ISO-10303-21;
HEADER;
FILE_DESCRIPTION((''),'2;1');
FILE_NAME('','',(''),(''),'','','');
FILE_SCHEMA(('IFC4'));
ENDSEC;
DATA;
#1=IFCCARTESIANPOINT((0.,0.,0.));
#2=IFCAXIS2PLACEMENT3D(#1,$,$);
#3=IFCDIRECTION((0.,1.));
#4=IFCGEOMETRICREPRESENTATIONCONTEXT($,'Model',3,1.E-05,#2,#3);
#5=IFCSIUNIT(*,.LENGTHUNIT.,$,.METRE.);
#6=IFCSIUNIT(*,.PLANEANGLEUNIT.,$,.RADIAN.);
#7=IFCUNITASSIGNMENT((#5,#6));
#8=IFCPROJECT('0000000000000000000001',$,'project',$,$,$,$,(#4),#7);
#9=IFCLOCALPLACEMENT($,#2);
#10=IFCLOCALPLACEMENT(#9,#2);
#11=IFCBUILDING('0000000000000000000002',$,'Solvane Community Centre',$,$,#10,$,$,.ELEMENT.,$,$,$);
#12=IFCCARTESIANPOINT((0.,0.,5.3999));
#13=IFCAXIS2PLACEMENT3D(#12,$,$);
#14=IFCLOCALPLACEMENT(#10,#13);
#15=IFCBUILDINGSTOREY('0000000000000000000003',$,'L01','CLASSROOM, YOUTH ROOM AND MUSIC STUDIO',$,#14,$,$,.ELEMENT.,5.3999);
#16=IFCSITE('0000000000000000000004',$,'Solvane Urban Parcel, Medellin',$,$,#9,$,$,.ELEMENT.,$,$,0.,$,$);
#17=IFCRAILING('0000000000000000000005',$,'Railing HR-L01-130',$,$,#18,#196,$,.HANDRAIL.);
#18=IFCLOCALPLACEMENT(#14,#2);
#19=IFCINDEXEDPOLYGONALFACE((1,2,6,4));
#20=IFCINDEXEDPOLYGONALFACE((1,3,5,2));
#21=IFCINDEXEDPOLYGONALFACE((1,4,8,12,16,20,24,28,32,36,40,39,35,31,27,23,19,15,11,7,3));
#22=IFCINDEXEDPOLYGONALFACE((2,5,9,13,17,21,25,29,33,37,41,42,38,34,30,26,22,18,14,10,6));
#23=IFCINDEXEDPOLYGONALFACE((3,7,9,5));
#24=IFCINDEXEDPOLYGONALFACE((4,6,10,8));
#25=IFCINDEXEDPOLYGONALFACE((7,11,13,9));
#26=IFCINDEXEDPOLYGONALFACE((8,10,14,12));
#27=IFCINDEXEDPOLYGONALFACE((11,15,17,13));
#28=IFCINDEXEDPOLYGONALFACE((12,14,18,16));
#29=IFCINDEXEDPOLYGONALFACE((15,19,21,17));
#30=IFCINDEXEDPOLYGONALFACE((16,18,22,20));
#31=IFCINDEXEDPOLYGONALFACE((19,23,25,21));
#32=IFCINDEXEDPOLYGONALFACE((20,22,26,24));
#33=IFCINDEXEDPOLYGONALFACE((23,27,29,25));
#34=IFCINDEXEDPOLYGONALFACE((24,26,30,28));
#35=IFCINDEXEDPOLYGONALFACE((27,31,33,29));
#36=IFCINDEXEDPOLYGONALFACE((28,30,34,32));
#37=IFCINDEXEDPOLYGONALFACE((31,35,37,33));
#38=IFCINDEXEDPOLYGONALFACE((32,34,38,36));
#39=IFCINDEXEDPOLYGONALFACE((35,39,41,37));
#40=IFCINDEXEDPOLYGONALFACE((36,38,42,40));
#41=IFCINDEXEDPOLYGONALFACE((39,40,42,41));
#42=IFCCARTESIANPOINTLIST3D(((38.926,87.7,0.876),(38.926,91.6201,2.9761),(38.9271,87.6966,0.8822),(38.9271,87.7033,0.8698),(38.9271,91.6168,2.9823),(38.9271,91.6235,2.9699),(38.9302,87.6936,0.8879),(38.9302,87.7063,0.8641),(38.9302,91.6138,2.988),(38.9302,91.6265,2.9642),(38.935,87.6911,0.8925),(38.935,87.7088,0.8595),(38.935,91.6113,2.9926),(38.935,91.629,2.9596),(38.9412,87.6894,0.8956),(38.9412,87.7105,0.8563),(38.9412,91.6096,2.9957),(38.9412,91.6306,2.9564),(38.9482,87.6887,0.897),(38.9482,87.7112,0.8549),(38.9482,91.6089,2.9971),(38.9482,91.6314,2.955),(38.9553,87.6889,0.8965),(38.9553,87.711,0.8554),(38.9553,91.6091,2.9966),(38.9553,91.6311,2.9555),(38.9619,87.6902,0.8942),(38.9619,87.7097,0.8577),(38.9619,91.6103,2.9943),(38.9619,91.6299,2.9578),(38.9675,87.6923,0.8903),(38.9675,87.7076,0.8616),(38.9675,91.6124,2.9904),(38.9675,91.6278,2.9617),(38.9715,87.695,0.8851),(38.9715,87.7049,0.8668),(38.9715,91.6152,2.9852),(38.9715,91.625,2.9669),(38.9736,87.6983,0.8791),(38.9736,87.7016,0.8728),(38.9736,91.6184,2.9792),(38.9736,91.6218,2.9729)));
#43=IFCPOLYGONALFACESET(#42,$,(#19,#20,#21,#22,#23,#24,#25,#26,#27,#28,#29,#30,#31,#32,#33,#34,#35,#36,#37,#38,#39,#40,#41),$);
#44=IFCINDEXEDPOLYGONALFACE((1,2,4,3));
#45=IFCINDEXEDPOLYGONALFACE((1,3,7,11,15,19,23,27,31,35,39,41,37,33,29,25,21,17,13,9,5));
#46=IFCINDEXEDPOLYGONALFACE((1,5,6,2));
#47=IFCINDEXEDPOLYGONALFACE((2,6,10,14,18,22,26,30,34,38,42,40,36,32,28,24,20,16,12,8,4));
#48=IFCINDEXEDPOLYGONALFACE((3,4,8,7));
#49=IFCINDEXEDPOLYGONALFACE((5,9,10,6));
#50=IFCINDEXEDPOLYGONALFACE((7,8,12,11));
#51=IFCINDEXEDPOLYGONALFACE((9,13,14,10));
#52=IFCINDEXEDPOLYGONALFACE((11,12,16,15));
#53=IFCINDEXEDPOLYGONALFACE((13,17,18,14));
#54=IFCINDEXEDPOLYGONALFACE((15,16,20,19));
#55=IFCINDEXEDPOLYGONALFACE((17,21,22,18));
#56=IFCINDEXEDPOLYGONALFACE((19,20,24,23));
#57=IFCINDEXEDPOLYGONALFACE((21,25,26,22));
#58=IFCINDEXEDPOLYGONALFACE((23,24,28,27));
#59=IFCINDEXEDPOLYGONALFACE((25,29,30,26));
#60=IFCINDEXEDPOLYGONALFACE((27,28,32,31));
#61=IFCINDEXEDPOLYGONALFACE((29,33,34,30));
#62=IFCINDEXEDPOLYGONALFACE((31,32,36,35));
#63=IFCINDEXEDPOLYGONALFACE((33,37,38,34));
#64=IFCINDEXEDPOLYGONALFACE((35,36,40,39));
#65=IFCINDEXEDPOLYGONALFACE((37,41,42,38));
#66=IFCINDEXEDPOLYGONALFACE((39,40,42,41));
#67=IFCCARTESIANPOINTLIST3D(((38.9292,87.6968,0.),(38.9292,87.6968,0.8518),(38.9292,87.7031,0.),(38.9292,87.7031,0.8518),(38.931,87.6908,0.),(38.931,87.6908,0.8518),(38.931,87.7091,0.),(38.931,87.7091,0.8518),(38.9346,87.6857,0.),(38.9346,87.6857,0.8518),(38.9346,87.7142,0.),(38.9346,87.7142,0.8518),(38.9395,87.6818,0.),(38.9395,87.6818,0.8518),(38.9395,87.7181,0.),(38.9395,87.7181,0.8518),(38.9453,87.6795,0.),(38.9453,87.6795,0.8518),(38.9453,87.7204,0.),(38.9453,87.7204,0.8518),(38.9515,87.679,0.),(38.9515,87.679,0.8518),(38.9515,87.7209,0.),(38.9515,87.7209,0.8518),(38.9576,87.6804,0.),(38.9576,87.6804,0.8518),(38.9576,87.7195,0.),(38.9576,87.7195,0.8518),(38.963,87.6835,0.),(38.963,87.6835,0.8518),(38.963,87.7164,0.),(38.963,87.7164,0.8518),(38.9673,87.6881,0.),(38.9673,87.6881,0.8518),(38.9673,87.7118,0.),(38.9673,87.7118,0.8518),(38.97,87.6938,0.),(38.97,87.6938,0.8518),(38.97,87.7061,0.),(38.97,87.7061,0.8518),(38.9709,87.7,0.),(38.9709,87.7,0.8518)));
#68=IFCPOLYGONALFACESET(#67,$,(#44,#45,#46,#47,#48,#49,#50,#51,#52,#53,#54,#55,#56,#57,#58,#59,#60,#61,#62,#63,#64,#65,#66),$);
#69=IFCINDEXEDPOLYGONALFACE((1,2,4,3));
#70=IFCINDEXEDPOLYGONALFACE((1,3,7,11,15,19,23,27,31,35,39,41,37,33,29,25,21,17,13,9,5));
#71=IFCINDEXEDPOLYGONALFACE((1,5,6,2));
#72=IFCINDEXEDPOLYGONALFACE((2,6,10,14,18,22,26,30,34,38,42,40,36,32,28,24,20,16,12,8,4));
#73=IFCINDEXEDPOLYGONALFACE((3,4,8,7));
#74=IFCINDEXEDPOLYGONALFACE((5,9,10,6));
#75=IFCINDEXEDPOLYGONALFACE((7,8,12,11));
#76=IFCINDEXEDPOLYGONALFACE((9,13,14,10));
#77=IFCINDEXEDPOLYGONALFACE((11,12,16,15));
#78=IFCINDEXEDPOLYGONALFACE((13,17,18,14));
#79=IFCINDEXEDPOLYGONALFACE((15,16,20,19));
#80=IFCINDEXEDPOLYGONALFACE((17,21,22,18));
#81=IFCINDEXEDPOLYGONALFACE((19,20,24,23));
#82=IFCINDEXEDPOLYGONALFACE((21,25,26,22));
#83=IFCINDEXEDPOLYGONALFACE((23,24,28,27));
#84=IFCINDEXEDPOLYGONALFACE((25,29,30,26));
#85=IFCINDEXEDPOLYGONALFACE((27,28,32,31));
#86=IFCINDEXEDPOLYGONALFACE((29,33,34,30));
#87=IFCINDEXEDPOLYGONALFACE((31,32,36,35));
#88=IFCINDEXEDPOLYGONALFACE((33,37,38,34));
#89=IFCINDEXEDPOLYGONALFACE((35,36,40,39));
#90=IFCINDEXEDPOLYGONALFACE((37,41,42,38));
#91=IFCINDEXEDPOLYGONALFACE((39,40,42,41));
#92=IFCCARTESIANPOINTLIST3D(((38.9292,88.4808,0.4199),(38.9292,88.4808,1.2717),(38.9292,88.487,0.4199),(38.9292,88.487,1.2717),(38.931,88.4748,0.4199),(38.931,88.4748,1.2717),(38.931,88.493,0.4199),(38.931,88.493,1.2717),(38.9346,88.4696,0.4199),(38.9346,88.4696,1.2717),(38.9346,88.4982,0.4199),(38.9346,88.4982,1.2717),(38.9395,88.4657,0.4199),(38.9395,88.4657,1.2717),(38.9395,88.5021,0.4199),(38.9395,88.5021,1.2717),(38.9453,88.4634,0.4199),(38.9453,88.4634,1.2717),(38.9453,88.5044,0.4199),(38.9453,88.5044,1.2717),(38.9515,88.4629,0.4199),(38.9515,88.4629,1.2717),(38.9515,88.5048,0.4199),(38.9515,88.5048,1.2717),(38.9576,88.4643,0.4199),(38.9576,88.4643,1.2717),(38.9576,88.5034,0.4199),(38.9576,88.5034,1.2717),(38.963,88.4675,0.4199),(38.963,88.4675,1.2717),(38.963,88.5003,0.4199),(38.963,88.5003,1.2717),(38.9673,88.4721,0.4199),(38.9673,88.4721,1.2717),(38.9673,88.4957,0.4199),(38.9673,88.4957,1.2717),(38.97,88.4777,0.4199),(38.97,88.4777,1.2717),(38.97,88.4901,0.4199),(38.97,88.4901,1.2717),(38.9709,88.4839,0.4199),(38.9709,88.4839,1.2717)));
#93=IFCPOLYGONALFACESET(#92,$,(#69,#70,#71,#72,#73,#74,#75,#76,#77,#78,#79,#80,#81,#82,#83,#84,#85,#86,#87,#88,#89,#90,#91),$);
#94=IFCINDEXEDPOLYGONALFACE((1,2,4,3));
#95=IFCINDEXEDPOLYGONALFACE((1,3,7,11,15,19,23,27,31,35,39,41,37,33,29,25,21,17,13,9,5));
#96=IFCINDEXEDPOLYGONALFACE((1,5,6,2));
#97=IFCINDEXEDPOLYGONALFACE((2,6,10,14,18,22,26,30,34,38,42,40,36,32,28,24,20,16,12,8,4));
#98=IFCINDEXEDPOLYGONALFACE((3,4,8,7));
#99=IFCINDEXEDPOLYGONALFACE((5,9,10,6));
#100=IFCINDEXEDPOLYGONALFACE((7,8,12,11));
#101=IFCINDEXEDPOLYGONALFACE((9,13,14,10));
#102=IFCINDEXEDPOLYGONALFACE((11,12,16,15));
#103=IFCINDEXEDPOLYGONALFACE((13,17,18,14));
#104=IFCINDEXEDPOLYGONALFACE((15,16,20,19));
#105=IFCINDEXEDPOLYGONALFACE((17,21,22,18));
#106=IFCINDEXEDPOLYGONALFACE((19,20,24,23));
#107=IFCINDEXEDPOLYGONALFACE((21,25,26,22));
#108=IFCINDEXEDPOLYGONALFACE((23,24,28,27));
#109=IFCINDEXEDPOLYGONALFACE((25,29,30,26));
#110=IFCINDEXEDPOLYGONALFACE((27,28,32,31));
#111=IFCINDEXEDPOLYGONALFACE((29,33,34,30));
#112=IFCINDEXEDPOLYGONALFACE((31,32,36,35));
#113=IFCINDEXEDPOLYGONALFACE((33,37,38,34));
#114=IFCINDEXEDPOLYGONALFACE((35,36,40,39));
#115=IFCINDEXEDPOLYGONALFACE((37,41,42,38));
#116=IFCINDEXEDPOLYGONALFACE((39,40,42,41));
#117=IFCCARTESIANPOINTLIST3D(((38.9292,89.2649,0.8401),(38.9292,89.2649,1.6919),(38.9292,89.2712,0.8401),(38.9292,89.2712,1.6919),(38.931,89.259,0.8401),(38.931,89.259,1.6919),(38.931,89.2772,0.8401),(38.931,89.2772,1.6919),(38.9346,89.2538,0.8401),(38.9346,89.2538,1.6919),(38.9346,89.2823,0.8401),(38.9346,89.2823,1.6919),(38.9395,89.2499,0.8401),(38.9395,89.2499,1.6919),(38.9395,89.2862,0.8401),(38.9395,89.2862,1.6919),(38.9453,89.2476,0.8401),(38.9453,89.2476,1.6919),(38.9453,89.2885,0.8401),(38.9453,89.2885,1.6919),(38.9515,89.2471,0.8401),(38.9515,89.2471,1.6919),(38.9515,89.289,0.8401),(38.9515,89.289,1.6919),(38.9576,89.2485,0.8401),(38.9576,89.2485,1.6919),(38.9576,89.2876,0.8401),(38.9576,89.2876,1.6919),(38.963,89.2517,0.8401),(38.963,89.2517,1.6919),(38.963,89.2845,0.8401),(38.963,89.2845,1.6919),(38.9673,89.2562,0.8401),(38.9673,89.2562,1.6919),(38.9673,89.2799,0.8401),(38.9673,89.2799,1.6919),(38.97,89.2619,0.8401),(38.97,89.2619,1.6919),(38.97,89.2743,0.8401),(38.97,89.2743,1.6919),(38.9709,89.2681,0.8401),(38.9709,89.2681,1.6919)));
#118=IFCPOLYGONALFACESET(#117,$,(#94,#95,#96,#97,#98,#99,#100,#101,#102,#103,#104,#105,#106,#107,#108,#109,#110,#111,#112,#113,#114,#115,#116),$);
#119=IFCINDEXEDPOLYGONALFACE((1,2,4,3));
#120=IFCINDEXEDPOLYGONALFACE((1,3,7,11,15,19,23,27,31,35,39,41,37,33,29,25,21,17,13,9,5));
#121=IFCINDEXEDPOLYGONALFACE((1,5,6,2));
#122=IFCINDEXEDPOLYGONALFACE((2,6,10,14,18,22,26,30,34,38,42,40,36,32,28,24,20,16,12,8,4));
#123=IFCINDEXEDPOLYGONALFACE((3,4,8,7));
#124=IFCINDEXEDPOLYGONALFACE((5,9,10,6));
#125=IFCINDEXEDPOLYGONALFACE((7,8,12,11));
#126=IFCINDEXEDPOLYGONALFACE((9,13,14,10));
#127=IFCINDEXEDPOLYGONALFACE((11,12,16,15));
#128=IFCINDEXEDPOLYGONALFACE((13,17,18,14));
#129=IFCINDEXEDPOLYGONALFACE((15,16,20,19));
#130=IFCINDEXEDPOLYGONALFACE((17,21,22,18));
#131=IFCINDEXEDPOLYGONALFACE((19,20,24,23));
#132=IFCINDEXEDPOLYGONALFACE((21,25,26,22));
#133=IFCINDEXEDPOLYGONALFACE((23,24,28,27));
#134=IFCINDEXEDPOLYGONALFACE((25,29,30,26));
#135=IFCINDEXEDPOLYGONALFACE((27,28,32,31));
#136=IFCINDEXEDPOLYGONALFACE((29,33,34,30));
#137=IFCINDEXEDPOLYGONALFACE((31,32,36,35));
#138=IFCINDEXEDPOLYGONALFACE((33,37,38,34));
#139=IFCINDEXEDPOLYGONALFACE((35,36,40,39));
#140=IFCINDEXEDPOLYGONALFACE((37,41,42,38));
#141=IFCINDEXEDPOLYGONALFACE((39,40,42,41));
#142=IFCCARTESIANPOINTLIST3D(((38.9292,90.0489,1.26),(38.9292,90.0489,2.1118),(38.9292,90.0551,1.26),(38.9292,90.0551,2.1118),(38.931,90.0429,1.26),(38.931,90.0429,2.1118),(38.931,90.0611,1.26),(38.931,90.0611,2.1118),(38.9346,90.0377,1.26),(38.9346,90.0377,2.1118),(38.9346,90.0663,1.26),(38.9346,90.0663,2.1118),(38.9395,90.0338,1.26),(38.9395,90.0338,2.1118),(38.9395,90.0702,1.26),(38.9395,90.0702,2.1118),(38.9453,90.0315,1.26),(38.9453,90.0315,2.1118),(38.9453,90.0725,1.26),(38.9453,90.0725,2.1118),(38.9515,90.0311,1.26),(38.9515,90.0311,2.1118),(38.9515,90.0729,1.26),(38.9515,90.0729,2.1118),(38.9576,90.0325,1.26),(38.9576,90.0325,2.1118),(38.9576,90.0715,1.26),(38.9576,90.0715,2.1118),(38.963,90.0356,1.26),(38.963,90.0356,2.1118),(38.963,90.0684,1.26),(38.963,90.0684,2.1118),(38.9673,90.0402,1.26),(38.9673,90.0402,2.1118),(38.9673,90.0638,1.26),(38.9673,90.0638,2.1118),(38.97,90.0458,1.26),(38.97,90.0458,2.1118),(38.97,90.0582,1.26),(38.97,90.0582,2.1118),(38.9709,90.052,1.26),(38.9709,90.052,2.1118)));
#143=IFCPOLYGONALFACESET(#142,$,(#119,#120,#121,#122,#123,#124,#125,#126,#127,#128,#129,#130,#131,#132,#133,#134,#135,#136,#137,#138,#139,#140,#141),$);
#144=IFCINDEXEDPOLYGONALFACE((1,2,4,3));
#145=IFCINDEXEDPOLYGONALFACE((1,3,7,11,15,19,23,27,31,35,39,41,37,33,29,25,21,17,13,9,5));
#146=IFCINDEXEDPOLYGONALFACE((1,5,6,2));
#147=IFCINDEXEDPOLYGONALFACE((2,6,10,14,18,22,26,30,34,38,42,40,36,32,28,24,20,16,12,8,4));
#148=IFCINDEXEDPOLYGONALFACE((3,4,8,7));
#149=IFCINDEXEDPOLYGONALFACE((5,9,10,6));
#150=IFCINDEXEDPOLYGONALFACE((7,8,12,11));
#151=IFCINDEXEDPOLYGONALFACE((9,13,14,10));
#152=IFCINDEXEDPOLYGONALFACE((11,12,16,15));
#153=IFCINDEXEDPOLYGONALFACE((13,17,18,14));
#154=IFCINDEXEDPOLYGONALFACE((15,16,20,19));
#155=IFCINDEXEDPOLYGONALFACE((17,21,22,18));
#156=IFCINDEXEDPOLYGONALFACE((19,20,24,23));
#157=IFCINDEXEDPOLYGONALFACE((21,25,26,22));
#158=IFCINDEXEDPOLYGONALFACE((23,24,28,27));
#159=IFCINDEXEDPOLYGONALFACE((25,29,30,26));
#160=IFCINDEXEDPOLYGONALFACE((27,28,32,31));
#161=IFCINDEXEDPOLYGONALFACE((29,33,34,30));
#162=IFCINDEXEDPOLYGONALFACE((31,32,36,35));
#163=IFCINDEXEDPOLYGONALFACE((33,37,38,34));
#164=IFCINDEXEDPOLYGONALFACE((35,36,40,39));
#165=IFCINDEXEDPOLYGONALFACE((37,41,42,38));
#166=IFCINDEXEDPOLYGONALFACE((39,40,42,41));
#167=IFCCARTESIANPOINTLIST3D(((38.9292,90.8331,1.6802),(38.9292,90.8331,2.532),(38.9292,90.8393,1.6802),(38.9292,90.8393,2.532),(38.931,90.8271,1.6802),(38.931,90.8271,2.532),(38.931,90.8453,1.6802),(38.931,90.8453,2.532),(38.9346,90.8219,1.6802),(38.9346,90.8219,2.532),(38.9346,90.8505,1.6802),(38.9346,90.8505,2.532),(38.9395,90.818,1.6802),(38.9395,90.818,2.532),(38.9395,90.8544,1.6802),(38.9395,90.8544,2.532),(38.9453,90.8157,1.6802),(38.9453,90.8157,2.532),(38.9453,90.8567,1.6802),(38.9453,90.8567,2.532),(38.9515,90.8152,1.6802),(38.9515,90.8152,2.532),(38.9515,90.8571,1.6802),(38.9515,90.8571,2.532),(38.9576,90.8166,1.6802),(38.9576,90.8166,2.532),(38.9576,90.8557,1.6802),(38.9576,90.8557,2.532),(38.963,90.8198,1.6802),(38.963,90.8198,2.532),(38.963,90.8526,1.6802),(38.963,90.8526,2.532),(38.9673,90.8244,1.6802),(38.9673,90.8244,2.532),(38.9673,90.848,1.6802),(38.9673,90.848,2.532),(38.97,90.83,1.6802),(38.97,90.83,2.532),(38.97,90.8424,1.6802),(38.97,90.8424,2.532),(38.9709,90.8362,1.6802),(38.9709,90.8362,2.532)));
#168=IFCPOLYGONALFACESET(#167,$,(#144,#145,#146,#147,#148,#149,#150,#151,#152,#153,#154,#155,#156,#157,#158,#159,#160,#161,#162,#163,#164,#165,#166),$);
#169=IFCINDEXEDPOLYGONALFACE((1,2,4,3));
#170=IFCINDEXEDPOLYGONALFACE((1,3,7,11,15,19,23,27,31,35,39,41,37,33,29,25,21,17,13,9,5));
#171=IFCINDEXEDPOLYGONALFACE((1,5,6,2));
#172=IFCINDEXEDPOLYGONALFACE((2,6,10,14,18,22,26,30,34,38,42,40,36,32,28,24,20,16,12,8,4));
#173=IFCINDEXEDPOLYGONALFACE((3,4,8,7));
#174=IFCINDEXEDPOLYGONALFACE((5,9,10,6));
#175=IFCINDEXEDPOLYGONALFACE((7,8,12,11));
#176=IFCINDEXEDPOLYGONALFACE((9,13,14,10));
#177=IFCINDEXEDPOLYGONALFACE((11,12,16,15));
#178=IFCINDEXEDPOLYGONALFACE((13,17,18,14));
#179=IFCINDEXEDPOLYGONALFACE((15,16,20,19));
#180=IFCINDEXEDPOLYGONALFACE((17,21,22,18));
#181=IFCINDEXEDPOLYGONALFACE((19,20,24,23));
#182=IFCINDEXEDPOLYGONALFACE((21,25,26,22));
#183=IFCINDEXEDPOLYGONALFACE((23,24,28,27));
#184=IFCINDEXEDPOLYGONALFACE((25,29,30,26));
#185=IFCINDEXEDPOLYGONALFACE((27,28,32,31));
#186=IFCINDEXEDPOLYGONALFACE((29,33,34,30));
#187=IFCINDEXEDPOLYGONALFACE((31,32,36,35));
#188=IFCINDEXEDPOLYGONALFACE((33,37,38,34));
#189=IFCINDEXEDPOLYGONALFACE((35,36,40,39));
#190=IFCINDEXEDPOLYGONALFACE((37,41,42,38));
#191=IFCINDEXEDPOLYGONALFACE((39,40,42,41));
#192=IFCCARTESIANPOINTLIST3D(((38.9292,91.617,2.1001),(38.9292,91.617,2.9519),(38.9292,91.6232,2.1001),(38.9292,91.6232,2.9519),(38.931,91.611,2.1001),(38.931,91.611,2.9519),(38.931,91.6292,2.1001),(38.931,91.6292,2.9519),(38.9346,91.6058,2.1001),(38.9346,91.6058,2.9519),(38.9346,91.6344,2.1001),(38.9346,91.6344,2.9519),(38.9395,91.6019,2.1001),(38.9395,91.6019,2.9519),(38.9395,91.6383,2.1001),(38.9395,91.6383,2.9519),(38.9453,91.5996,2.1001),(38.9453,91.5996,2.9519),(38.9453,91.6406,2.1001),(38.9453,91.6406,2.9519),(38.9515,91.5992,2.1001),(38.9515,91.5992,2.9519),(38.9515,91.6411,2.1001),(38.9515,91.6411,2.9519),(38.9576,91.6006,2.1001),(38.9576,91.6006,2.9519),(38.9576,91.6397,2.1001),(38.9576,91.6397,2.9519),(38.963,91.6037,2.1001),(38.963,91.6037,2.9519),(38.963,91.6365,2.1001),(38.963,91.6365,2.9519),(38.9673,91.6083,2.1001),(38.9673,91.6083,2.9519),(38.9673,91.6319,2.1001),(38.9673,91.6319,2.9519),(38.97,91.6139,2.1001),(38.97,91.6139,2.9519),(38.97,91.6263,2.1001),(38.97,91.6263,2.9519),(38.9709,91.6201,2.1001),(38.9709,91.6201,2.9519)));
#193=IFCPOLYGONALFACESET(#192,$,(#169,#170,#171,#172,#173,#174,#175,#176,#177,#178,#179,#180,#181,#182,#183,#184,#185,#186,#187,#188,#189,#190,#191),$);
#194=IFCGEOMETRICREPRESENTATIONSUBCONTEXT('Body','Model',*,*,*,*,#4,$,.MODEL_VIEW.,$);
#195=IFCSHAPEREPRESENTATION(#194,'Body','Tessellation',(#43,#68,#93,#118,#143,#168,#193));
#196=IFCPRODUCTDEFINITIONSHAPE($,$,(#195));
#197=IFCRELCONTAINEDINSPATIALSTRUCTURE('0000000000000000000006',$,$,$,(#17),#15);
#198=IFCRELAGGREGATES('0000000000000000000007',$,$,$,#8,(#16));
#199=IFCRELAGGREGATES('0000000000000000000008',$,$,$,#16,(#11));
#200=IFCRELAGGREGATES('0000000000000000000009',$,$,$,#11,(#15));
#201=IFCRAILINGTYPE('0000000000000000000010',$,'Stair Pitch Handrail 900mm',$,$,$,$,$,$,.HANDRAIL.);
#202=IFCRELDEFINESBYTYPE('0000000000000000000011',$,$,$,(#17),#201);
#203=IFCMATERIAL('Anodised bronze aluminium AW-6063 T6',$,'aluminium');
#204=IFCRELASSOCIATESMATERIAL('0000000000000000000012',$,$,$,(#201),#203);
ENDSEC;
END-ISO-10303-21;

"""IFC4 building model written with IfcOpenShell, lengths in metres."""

from ifc_helpers import new_model, si_unit, direction, frame, origin, origin_2d, place, context, subcontext, project, spatial, circle, extrude, material, type_object, element, save


model = new_model("IFC4")

# Units and contexts
model_context = context("Model", 3, precision=1e-05, world=origin(), true_north=direction((0.0, 1.0)))
body_context = subcontext(model_context, "Body", "Model", "MODEL_VIEW")
ifc_project = project(units=[si_unit("LENGTHUNIT", "METRE"), si_unit("PLANEANGLEUNIT", "RADIAN")], contexts=[model_context])

# Site, building, storey
site_placement = place(None, origin())
site = spatial("IfcSite", under=ifc_project, at=site_placement, Name="Solvane Urban Parcel, Medellin", CompositionType="ELEMENT", RefElevation=0.0)
building_placement = place(site_placement, origin())
building = spatial("IfcBuilding", under=site, at=building_placement, Name="Solvane Community Centre", CompositionType="ELEMENT")
storey_placement = place(building_placement, frame((0.0, 0.0, 5.3999)))
storey = spatial("IfcBuildingStorey", under=building, at=storey_placement, Name="L01", Description="CLASSROOM, YOUTH ROOM AND MUSIC STUDIO", CompositionType="ELEMENT", Elevation=5.3999)

# Shared definitions
ifc_material_1 = material(Name="Anodised bronze aluminium AW-6063 T6", Category="aluminium")

# Railing
railing_type_1 = type_object("IfcRailingType", Name="Stair Pitch Handrail 900mm", PredefinedType="HANDRAIL", material=ifc_material_1)
railing_1_placement = place(storey_placement, frame((38.95, 87.7, 0.0)))
element("IfcRailing", 1, at=railing_1_placement, inside=storey, type_object=railing_type_1, Name="Railing HR-L01-130", PredefinedType="HANDRAIL", context=body_context, shape_type="SweptSolid", body=[
    extrude(circle(Radius=0.0239, at=origin_2d()), frame((0.0, 0.0, 0.876), z_axis=(0.0, 0.881479, 0.472223), x_axis=(-1.0, 0.0, 0.0)), (0.0, 0.0, 1.0), 4.4473),
    extrude(circle(Radius=0.021, at=origin_2d()), origin(), (0.0, 0.0, 1.0), 0.8518),
    extrude(circle(Radius=0.021, at=origin_2d()), frame((0.0, 0.7839, 0.4199)), (0.0, 0.0, 1.0), 0.8518),
    extrude(circle(Radius=0.021, at=origin_2d()), frame((0.0, 1.5681, 0.8401)), (0.0, 0.0, 1.0), 0.8518),
    extrude(circle(Radius=0.021, at=origin_2d()), frame((0.0, 2.3521, 1.26)), (0.0, 0.0, 1.0), 0.8518),
    extrude(circle(Radius=0.021, at=origin_2d()), frame((0.0, 3.1362, 1.6802)), (0.0, 0.0, 1.0), 0.8518),
    extrude(circle(Radius=0.021, at=origin_2d()), frame((0.0, 3.9202, 2.1001)), (0.0, 0.0, 1.0), 0.8518),
])

save(model, "model.ifc")
